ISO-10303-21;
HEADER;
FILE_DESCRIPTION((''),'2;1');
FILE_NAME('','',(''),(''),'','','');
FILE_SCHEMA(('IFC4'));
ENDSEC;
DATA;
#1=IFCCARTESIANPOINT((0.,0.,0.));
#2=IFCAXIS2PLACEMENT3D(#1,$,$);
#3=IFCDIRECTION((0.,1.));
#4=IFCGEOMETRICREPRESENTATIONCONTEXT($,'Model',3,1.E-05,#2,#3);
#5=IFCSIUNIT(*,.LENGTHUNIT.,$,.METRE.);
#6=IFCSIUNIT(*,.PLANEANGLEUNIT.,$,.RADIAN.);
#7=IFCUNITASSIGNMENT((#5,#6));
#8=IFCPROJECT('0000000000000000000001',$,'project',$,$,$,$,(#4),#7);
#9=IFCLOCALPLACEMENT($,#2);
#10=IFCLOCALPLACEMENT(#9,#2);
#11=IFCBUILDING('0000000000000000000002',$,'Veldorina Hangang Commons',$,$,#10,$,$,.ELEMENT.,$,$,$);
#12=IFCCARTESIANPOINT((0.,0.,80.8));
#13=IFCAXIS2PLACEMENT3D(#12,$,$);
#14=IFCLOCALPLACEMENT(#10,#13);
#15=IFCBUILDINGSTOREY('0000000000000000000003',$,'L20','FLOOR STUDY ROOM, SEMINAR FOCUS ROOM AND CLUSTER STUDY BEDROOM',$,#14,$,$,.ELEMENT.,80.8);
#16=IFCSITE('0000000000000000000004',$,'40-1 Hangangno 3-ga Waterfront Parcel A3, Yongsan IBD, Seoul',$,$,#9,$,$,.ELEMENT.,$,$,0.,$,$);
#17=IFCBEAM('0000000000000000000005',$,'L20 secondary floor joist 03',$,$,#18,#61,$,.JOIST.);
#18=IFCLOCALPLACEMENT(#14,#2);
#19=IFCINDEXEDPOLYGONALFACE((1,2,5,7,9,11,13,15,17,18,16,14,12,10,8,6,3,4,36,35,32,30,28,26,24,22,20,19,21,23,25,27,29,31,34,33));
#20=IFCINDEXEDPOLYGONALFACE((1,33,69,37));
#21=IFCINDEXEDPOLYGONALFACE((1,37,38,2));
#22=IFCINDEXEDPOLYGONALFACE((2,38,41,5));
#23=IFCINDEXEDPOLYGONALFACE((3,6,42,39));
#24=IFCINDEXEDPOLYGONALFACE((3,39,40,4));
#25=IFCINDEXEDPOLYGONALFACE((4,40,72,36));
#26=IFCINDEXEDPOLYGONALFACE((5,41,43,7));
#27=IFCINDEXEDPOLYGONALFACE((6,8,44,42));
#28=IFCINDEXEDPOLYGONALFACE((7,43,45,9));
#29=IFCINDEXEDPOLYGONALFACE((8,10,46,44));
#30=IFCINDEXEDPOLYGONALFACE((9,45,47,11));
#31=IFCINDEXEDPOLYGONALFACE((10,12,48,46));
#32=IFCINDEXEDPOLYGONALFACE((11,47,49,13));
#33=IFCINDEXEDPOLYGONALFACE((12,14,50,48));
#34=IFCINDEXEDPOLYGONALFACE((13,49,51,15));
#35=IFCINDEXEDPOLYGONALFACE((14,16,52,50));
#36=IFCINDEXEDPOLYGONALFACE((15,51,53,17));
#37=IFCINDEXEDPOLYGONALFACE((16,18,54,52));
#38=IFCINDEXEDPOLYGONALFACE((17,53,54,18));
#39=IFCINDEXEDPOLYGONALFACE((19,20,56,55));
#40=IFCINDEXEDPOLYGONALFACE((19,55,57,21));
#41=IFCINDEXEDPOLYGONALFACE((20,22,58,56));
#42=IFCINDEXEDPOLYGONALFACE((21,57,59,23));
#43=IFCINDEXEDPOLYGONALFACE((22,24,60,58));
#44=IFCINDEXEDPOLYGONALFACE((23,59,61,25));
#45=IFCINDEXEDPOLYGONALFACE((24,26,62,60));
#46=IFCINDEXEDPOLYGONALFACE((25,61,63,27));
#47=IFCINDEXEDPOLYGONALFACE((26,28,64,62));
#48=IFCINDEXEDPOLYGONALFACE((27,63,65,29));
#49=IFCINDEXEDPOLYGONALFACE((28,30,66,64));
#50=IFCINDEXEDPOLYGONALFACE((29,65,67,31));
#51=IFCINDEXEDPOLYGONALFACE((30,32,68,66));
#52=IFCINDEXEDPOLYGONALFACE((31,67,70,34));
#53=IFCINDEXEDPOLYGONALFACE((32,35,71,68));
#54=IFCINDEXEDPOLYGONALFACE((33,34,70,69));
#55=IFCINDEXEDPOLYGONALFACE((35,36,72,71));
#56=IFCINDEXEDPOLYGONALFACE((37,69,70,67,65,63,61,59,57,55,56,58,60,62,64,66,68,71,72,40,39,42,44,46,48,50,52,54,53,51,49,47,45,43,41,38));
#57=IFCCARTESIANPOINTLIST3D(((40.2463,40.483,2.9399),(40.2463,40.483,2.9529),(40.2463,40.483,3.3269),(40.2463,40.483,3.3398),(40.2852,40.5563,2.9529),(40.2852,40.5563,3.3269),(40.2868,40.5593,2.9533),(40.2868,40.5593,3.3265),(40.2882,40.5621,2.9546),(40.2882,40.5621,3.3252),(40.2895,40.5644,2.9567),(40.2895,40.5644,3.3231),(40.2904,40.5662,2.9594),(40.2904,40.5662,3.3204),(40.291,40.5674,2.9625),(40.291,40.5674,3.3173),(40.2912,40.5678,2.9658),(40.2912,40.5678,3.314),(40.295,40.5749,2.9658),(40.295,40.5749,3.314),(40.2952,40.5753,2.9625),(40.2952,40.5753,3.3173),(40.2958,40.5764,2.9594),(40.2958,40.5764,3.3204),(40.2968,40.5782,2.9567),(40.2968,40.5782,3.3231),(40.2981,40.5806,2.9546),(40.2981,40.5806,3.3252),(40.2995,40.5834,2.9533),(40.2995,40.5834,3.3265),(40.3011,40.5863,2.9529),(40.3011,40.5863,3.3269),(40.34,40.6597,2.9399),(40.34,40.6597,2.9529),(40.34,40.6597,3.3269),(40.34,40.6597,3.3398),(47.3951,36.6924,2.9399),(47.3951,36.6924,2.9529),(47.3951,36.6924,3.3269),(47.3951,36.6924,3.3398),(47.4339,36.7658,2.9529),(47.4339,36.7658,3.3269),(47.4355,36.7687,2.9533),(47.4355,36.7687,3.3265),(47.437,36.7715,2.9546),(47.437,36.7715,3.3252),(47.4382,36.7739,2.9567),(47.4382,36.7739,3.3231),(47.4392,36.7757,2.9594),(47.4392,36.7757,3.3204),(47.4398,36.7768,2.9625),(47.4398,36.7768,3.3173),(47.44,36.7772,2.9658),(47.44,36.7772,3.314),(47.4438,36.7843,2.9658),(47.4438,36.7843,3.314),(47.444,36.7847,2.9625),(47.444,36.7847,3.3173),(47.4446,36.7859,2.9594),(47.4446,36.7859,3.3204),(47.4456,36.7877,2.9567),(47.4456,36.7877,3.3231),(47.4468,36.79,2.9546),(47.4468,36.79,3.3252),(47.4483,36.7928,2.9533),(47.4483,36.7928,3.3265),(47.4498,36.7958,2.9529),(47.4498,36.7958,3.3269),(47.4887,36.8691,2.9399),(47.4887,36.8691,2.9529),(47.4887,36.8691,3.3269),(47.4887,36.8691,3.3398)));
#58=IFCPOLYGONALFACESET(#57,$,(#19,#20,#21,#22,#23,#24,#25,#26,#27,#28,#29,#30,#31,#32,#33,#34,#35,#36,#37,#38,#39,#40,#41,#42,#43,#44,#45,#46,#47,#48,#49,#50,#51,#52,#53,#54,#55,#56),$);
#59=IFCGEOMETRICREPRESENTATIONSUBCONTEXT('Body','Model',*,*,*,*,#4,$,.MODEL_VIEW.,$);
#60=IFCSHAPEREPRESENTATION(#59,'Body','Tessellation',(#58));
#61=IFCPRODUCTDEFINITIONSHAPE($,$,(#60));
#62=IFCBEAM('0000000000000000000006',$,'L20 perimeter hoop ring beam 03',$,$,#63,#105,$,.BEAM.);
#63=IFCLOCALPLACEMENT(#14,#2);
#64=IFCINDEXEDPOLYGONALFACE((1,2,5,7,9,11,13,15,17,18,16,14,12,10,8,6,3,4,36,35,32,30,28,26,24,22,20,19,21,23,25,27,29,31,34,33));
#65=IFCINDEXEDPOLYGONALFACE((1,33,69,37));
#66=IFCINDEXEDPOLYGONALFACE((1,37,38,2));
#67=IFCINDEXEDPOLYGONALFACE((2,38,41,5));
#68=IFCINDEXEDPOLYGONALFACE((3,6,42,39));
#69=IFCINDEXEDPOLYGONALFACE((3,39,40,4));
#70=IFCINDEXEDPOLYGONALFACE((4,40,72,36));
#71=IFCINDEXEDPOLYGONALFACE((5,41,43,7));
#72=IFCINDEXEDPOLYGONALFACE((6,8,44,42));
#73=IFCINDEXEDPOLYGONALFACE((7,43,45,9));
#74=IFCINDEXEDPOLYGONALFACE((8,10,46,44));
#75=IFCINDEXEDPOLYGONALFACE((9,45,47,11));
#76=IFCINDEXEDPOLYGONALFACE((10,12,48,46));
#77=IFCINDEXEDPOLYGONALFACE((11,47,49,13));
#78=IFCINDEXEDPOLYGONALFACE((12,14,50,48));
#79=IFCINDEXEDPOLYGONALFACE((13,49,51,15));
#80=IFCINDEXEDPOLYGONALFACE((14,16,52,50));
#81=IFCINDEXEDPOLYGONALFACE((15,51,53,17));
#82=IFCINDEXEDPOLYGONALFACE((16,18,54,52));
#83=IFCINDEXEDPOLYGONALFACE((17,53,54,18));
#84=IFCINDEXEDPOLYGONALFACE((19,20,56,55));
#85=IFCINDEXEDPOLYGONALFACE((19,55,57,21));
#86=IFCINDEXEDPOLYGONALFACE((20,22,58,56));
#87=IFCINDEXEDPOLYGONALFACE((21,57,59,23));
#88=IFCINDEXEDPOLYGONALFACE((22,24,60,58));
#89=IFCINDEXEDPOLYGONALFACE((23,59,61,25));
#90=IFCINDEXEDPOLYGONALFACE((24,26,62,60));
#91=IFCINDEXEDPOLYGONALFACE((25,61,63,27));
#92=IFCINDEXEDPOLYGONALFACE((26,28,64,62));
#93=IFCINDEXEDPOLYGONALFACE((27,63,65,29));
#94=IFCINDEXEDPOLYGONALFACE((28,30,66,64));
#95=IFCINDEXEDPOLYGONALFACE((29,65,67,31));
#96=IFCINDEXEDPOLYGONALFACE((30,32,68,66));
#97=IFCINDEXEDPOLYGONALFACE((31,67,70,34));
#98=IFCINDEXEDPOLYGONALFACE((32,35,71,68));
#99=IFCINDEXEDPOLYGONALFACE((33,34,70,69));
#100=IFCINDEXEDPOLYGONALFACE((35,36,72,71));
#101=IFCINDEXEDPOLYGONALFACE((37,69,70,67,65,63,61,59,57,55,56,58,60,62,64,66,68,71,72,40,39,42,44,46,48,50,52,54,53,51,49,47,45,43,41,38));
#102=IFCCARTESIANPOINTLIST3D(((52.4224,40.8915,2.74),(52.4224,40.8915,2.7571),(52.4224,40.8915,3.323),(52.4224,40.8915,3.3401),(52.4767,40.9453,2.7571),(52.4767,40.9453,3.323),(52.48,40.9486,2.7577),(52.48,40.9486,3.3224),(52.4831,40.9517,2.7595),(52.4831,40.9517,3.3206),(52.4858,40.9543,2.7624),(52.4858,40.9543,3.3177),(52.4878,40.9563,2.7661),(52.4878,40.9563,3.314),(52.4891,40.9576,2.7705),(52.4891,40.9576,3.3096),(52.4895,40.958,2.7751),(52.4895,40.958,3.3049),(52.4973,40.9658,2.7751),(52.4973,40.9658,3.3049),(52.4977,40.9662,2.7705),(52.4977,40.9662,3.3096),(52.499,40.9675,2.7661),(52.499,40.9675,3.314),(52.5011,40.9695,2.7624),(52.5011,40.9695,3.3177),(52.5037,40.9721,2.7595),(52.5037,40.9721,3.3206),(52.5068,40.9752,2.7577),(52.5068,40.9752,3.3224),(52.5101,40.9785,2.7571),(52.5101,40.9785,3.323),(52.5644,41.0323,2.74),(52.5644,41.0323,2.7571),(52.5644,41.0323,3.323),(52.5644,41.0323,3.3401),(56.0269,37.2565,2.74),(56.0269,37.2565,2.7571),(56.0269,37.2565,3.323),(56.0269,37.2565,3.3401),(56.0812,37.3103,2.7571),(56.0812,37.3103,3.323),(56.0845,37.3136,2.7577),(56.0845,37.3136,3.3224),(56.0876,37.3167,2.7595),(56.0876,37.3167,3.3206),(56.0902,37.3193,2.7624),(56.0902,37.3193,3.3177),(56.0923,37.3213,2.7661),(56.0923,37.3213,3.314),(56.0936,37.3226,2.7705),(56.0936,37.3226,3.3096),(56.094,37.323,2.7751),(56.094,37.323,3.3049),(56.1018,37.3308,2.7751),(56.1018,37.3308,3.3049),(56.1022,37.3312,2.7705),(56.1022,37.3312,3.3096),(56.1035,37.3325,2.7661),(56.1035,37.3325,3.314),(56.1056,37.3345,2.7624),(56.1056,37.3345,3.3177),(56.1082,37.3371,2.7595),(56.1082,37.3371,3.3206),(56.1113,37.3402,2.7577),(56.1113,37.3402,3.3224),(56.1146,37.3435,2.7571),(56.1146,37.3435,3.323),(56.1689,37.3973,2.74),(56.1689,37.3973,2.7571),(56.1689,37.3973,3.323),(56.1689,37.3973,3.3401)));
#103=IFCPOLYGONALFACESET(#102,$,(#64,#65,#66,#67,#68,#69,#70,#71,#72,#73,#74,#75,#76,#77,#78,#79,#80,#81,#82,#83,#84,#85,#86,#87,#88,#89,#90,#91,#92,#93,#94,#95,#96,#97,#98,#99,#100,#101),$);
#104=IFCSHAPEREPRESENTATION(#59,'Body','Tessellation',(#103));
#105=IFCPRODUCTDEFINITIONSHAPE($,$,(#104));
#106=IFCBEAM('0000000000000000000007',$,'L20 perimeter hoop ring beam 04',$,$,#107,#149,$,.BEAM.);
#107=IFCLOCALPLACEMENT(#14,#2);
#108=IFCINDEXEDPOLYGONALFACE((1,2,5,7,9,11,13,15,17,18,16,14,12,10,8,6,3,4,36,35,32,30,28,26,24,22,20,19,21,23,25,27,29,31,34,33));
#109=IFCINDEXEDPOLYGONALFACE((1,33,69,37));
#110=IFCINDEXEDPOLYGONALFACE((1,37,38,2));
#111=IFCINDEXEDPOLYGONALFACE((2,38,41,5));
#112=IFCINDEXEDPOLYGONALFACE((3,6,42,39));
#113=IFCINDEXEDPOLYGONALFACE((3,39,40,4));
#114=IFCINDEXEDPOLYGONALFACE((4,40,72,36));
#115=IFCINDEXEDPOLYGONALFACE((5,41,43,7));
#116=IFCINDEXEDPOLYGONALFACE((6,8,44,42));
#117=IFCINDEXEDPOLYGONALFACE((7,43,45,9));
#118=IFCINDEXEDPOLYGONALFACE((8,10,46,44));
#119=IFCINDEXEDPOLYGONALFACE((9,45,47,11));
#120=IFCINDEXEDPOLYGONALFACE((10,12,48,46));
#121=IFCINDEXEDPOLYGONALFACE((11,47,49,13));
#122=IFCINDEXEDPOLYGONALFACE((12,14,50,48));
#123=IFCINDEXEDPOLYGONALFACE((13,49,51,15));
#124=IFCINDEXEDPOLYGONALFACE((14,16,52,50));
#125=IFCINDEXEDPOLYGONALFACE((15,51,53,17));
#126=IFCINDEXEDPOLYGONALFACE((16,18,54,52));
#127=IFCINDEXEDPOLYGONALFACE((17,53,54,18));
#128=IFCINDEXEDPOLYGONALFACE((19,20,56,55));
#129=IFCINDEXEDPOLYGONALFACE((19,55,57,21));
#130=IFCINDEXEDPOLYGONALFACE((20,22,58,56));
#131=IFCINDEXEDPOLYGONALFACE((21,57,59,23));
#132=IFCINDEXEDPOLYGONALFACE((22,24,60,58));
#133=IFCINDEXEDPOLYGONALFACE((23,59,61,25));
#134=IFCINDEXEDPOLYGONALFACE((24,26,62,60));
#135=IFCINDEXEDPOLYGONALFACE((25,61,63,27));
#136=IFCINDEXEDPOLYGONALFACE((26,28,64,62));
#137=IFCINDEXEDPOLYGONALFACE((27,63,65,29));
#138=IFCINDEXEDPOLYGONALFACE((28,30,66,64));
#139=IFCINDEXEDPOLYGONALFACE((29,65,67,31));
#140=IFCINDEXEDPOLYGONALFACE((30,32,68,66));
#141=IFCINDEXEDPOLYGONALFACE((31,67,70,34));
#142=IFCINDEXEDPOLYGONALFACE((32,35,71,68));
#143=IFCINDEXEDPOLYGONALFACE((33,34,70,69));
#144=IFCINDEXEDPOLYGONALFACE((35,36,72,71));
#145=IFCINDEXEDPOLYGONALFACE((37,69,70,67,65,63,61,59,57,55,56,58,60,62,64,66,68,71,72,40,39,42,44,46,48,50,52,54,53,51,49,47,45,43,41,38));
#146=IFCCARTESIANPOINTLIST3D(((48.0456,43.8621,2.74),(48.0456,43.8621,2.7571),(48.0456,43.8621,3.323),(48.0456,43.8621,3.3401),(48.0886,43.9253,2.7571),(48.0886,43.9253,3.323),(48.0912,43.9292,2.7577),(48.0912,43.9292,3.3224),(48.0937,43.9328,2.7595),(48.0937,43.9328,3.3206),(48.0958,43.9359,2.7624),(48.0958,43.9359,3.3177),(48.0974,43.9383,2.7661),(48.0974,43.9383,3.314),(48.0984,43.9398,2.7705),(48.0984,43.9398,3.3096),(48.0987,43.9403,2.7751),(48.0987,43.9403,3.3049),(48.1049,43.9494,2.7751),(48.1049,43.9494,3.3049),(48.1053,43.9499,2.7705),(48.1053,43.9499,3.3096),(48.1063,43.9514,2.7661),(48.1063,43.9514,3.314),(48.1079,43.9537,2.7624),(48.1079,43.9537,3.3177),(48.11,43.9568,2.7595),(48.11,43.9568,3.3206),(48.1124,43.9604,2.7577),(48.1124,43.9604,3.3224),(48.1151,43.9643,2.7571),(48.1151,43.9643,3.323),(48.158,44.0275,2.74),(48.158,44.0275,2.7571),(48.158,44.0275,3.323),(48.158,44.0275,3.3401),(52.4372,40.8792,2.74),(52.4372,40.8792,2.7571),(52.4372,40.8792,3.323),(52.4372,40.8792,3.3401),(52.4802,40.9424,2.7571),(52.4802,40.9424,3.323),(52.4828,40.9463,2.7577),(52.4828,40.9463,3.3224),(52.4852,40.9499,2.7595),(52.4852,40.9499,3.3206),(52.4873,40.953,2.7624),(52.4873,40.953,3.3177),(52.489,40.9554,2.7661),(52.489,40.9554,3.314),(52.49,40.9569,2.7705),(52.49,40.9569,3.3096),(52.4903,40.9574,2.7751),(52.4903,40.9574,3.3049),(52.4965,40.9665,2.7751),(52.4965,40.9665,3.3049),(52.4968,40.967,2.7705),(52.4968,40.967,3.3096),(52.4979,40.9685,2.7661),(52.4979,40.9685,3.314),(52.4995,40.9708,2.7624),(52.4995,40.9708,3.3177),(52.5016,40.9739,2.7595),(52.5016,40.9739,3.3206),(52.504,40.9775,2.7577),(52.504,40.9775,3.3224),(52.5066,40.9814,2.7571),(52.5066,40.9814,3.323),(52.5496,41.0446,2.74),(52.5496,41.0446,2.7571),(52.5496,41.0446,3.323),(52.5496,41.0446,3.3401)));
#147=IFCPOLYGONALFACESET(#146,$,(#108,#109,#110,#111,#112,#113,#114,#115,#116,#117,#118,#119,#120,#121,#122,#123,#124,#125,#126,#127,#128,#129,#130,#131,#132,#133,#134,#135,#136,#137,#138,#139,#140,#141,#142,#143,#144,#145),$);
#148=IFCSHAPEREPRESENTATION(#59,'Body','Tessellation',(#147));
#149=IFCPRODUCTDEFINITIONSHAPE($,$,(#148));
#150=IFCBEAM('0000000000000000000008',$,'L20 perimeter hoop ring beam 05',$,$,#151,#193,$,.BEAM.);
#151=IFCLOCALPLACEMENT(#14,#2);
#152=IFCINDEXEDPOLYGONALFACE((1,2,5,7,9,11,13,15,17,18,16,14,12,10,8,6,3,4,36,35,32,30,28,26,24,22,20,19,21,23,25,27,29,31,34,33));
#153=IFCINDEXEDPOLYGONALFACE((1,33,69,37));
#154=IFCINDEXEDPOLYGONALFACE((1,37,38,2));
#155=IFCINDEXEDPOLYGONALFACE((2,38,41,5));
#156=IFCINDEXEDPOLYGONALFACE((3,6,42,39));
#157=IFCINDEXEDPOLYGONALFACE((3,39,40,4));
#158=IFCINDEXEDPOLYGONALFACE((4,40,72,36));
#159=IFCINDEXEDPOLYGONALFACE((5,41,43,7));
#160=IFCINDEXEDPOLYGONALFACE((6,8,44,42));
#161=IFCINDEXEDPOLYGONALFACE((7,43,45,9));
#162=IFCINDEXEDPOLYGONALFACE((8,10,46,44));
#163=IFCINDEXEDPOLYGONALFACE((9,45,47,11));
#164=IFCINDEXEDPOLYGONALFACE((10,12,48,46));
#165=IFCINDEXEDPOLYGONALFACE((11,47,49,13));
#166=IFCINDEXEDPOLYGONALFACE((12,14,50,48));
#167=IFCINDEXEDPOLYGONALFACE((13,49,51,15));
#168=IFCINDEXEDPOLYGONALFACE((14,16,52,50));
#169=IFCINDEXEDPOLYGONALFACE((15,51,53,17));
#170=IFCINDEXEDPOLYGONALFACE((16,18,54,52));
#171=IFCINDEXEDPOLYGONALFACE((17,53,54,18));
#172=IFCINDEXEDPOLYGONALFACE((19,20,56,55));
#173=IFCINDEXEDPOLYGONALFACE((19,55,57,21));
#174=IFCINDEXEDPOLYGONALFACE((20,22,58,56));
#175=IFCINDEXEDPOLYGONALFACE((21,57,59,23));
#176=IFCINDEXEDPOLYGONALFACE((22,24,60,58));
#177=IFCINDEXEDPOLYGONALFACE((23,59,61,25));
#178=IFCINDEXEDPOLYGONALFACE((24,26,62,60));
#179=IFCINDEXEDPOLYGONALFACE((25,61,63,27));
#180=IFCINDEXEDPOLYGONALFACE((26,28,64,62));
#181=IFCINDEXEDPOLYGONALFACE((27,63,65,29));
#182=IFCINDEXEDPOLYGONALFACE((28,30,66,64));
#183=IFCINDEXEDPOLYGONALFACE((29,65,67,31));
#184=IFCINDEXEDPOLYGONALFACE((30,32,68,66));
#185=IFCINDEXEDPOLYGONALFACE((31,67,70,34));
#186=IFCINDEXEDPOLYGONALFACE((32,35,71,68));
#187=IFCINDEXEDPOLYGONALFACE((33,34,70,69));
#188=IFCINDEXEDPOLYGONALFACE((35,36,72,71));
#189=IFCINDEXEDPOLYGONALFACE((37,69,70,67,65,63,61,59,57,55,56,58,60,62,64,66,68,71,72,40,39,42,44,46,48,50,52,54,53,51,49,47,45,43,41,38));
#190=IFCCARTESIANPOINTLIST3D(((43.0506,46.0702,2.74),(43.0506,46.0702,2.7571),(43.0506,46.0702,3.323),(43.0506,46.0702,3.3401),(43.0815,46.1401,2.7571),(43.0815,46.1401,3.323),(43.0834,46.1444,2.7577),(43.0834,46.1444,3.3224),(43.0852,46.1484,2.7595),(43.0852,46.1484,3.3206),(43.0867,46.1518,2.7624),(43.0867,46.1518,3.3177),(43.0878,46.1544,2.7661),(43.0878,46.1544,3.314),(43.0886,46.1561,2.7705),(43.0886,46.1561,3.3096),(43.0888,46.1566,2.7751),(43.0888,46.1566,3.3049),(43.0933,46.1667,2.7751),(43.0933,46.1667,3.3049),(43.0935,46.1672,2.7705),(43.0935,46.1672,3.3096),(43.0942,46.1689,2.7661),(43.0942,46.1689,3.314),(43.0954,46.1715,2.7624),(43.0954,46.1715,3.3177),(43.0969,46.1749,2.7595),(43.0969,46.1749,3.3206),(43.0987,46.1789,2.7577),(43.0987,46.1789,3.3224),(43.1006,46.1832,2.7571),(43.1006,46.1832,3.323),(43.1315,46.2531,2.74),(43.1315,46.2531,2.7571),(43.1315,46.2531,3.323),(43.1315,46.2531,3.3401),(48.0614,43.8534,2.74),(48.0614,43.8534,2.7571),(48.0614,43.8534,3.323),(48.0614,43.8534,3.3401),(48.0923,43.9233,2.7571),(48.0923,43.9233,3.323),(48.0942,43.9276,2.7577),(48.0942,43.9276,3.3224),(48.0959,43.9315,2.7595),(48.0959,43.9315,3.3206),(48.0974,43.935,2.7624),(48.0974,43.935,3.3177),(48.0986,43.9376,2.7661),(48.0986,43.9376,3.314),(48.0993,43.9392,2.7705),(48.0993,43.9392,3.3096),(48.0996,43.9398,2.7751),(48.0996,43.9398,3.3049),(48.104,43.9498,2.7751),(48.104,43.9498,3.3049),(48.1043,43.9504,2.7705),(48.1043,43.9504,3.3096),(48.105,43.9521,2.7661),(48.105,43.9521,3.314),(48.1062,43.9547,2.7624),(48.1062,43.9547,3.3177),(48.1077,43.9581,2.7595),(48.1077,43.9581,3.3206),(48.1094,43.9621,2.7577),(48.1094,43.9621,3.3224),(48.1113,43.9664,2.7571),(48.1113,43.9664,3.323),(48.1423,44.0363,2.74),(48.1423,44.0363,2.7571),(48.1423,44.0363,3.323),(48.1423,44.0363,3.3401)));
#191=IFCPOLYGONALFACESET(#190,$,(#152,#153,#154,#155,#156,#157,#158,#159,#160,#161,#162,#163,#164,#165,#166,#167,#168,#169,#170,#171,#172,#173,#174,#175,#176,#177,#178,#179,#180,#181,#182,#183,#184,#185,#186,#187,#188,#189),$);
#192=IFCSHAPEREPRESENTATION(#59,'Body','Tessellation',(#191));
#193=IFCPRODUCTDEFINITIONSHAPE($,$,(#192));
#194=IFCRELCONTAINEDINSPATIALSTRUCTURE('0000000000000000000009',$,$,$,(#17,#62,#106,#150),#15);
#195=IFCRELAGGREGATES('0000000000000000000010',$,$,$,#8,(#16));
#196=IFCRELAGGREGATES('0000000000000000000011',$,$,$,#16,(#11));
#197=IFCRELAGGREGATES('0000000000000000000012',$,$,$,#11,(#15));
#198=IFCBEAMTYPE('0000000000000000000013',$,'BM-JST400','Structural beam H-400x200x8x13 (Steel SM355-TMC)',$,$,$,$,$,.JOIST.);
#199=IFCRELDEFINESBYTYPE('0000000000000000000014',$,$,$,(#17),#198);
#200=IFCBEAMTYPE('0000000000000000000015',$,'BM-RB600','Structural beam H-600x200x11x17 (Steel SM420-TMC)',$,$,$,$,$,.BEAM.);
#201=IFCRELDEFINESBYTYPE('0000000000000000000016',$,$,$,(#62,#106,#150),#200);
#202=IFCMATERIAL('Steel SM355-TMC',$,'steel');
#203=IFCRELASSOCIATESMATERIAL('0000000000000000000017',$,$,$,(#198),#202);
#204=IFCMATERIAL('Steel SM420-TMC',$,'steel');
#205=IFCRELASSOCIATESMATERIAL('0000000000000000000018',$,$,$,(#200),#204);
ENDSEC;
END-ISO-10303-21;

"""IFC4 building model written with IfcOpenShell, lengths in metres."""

from ifc_helpers import new_model, si_unit, direction, frame, origin, origin_2d, place, context, subcontext, project, spatial, i_section, extrude, material, material_profile, profile_set, type_object, element, save


model = new_model("IFC4")

# Units and contexts
model_context = context("Model", 3, precision=1e-05, world=origin(), true_north=direction((0.0, 1.0)))
body_context = subcontext(model_context, "Body", "Model", "MODEL_VIEW")
ifc_project = project(units=[si_unit("LENGTHUNIT", "METRE"), si_unit("PLANEANGLEUNIT", "RADIAN")], contexts=[model_context])

# Site, building, storey
site_placement = place(None, origin())
site = spatial("IfcSite", under=ifc_project, at=site_placement, Name="40-1 Hangangno 3-ga Waterfront Parcel A3, Yongsan IBD, Seoul", CompositionType="ELEMENT", RefElevation=0.0)
building_placement = place(site_placement, origin())
building = spatial("IfcBuilding", under=site, at=building_placement, Name="Veldorina Hangang Commons", CompositionType="ELEMENT")
storey_placement = place(building_placement, frame((0.0, 0.0, 80.8)))
storey = spatial("IfcBuildingStorey", under=building, at=storey_placement, Name="L20", Description="FLOOR STUDY ROOM, SEMINAR FOCUS ROOM AND CLUSTER STUDY BEDROOM", CompositionType="ELEMENT", Elevation=80.8)

# Beams
ifc_material_1 = material(Name="Steel SM355-TMC", Category="steel")
ifc_material_profile_1 = material_profile(ifc_material_1, i_section(OverallWidth=0.2, OverallDepth=0.3999, WebThickness=0.0081, FlangeThickness=0.0129, FilletRadius=0.0129, at=origin_2d()), Name="H-400x200x8x13")
ifc_profile_set_1 = profile_set([ifc_material_profile_1], Name="Steel SM355-TMC")
beam_type_1 = type_object("IfcBeamType", Name="BM-JST400", Description="Structural beam H-400x200x8x13 (Steel SM355-TMC)", PredefinedType="JOIST", material=ifc_profile_set_1)
beam_1_placement = place(storey_placement, frame((47.4419, 36.7808, 3.1399), z_axis=(-0.883485, 0.46846, 0.0), x_axis=(-0.46846, -0.883485, 0.0)))
element("IfcBeam", 1, at=beam_1_placement, inside=storey, type_object=beam_type_1, Name="L20 secondary floor joist 03", PredefinedType="JOIST", context=body_context, shape_type="SweptSolid", body=[
    extrude(i_section(OverallWidth=0.2, OverallDepth=0.3999, WebThickness=0.0081, FlangeThickness=0.0129, FilletRadius=0.0129, at=origin_2d()), origin(), (0.0, 0.0, 1.0), 8.0916),
])
ifc_material_2 = material(Name="Steel SM420-TMC", Category="steel")
ifc_material_profile_2 = material_profile(ifc_material_2, i_section(OverallWidth=0.2, OverallDepth=0.6001, WebThickness=0.011, FlangeThickness=0.0171, FilletRadius=0.0181, at=origin_2d()), Name="H-600x200x11x17")
ifc_profile_set_2 = profile_set([ifc_material_profile_2], Name="Steel SM420-TMC")
beam_type_2 = type_object("IfcBeamType", Name="BM-RB600", Description="Structural beam H-600x200x11x17 (Steel SM420-TMC)", PredefinedType="BEAM", material=ifc_profile_set_2)
beam_2_placement = place(storey_placement, frame((56.0979, 37.3269, 3.04), z_axis=(-0.70412, 0.710081, 0.0), x_axis=(-0.710081, -0.70412, 0.0)))
element("IfcBeam", 2, at=beam_2_placement, inside=storey, type_object=beam_type_2, Name="L20 perimeter hoop ring beam 03", PredefinedType="BEAM", context=body_context, shape_type="SweptSolid", body=[
    extrude(i_section(OverallWidth=0.2, OverallDepth=0.6001, WebThickness=0.011, FlangeThickness=0.0171, FilletRadius=0.0181, at=origin_2d()), origin(), (0.0, 0.0, 1.0), 5.1191),
])
beam_3_placement = place(storey_placement, frame((52.4934, 40.9619, 3.04), z_axis=(-0.827222, 0.561875, 0.0), x_axis=(-0.561875, -0.827222, 0.0)))
element("IfcBeam", 3, at=beam_3_placement, inside=storey, type_object=beam_type_2, Name="L20 perimeter hoop ring beam 04", PredefinedType="BEAM", context=body_context, shape_type="SweptSolid", body=[
    extrude(i_section(OverallWidth=0.2, OverallDepth=0.6001, WebThickness=0.011, FlangeThickness=0.0171, FilletRadius=0.0181, at=origin_2d()), origin(), (0.0, 0.0, 1.0), 5.3088),
])
beam_4_placement = place(storey_placement, frame((48.1018, 43.9448, 3.04), z_axis=(-0.914501, 0.404583, 0.0), x_axis=(-0.404583, -0.914501, 0.0)))
element("IfcBeam", 4, at=beam_4_placement, inside=storey, type_object=beam_type_2, Name="L20 perimeter hoop ring beam 05", PredefinedType="BEAM", context=body_context, shape_type="SweptSolid", body=[
    extrude(i_section(OverallWidth=0.2, OverallDepth=0.6001, WebThickness=0.011, FlangeThickness=0.0171, FilletRadius=0.0181, at=origin_2d()), origin(), (0.0, 0.0, 1.0), 5.4792),
])

save(model, "model.ifc")
